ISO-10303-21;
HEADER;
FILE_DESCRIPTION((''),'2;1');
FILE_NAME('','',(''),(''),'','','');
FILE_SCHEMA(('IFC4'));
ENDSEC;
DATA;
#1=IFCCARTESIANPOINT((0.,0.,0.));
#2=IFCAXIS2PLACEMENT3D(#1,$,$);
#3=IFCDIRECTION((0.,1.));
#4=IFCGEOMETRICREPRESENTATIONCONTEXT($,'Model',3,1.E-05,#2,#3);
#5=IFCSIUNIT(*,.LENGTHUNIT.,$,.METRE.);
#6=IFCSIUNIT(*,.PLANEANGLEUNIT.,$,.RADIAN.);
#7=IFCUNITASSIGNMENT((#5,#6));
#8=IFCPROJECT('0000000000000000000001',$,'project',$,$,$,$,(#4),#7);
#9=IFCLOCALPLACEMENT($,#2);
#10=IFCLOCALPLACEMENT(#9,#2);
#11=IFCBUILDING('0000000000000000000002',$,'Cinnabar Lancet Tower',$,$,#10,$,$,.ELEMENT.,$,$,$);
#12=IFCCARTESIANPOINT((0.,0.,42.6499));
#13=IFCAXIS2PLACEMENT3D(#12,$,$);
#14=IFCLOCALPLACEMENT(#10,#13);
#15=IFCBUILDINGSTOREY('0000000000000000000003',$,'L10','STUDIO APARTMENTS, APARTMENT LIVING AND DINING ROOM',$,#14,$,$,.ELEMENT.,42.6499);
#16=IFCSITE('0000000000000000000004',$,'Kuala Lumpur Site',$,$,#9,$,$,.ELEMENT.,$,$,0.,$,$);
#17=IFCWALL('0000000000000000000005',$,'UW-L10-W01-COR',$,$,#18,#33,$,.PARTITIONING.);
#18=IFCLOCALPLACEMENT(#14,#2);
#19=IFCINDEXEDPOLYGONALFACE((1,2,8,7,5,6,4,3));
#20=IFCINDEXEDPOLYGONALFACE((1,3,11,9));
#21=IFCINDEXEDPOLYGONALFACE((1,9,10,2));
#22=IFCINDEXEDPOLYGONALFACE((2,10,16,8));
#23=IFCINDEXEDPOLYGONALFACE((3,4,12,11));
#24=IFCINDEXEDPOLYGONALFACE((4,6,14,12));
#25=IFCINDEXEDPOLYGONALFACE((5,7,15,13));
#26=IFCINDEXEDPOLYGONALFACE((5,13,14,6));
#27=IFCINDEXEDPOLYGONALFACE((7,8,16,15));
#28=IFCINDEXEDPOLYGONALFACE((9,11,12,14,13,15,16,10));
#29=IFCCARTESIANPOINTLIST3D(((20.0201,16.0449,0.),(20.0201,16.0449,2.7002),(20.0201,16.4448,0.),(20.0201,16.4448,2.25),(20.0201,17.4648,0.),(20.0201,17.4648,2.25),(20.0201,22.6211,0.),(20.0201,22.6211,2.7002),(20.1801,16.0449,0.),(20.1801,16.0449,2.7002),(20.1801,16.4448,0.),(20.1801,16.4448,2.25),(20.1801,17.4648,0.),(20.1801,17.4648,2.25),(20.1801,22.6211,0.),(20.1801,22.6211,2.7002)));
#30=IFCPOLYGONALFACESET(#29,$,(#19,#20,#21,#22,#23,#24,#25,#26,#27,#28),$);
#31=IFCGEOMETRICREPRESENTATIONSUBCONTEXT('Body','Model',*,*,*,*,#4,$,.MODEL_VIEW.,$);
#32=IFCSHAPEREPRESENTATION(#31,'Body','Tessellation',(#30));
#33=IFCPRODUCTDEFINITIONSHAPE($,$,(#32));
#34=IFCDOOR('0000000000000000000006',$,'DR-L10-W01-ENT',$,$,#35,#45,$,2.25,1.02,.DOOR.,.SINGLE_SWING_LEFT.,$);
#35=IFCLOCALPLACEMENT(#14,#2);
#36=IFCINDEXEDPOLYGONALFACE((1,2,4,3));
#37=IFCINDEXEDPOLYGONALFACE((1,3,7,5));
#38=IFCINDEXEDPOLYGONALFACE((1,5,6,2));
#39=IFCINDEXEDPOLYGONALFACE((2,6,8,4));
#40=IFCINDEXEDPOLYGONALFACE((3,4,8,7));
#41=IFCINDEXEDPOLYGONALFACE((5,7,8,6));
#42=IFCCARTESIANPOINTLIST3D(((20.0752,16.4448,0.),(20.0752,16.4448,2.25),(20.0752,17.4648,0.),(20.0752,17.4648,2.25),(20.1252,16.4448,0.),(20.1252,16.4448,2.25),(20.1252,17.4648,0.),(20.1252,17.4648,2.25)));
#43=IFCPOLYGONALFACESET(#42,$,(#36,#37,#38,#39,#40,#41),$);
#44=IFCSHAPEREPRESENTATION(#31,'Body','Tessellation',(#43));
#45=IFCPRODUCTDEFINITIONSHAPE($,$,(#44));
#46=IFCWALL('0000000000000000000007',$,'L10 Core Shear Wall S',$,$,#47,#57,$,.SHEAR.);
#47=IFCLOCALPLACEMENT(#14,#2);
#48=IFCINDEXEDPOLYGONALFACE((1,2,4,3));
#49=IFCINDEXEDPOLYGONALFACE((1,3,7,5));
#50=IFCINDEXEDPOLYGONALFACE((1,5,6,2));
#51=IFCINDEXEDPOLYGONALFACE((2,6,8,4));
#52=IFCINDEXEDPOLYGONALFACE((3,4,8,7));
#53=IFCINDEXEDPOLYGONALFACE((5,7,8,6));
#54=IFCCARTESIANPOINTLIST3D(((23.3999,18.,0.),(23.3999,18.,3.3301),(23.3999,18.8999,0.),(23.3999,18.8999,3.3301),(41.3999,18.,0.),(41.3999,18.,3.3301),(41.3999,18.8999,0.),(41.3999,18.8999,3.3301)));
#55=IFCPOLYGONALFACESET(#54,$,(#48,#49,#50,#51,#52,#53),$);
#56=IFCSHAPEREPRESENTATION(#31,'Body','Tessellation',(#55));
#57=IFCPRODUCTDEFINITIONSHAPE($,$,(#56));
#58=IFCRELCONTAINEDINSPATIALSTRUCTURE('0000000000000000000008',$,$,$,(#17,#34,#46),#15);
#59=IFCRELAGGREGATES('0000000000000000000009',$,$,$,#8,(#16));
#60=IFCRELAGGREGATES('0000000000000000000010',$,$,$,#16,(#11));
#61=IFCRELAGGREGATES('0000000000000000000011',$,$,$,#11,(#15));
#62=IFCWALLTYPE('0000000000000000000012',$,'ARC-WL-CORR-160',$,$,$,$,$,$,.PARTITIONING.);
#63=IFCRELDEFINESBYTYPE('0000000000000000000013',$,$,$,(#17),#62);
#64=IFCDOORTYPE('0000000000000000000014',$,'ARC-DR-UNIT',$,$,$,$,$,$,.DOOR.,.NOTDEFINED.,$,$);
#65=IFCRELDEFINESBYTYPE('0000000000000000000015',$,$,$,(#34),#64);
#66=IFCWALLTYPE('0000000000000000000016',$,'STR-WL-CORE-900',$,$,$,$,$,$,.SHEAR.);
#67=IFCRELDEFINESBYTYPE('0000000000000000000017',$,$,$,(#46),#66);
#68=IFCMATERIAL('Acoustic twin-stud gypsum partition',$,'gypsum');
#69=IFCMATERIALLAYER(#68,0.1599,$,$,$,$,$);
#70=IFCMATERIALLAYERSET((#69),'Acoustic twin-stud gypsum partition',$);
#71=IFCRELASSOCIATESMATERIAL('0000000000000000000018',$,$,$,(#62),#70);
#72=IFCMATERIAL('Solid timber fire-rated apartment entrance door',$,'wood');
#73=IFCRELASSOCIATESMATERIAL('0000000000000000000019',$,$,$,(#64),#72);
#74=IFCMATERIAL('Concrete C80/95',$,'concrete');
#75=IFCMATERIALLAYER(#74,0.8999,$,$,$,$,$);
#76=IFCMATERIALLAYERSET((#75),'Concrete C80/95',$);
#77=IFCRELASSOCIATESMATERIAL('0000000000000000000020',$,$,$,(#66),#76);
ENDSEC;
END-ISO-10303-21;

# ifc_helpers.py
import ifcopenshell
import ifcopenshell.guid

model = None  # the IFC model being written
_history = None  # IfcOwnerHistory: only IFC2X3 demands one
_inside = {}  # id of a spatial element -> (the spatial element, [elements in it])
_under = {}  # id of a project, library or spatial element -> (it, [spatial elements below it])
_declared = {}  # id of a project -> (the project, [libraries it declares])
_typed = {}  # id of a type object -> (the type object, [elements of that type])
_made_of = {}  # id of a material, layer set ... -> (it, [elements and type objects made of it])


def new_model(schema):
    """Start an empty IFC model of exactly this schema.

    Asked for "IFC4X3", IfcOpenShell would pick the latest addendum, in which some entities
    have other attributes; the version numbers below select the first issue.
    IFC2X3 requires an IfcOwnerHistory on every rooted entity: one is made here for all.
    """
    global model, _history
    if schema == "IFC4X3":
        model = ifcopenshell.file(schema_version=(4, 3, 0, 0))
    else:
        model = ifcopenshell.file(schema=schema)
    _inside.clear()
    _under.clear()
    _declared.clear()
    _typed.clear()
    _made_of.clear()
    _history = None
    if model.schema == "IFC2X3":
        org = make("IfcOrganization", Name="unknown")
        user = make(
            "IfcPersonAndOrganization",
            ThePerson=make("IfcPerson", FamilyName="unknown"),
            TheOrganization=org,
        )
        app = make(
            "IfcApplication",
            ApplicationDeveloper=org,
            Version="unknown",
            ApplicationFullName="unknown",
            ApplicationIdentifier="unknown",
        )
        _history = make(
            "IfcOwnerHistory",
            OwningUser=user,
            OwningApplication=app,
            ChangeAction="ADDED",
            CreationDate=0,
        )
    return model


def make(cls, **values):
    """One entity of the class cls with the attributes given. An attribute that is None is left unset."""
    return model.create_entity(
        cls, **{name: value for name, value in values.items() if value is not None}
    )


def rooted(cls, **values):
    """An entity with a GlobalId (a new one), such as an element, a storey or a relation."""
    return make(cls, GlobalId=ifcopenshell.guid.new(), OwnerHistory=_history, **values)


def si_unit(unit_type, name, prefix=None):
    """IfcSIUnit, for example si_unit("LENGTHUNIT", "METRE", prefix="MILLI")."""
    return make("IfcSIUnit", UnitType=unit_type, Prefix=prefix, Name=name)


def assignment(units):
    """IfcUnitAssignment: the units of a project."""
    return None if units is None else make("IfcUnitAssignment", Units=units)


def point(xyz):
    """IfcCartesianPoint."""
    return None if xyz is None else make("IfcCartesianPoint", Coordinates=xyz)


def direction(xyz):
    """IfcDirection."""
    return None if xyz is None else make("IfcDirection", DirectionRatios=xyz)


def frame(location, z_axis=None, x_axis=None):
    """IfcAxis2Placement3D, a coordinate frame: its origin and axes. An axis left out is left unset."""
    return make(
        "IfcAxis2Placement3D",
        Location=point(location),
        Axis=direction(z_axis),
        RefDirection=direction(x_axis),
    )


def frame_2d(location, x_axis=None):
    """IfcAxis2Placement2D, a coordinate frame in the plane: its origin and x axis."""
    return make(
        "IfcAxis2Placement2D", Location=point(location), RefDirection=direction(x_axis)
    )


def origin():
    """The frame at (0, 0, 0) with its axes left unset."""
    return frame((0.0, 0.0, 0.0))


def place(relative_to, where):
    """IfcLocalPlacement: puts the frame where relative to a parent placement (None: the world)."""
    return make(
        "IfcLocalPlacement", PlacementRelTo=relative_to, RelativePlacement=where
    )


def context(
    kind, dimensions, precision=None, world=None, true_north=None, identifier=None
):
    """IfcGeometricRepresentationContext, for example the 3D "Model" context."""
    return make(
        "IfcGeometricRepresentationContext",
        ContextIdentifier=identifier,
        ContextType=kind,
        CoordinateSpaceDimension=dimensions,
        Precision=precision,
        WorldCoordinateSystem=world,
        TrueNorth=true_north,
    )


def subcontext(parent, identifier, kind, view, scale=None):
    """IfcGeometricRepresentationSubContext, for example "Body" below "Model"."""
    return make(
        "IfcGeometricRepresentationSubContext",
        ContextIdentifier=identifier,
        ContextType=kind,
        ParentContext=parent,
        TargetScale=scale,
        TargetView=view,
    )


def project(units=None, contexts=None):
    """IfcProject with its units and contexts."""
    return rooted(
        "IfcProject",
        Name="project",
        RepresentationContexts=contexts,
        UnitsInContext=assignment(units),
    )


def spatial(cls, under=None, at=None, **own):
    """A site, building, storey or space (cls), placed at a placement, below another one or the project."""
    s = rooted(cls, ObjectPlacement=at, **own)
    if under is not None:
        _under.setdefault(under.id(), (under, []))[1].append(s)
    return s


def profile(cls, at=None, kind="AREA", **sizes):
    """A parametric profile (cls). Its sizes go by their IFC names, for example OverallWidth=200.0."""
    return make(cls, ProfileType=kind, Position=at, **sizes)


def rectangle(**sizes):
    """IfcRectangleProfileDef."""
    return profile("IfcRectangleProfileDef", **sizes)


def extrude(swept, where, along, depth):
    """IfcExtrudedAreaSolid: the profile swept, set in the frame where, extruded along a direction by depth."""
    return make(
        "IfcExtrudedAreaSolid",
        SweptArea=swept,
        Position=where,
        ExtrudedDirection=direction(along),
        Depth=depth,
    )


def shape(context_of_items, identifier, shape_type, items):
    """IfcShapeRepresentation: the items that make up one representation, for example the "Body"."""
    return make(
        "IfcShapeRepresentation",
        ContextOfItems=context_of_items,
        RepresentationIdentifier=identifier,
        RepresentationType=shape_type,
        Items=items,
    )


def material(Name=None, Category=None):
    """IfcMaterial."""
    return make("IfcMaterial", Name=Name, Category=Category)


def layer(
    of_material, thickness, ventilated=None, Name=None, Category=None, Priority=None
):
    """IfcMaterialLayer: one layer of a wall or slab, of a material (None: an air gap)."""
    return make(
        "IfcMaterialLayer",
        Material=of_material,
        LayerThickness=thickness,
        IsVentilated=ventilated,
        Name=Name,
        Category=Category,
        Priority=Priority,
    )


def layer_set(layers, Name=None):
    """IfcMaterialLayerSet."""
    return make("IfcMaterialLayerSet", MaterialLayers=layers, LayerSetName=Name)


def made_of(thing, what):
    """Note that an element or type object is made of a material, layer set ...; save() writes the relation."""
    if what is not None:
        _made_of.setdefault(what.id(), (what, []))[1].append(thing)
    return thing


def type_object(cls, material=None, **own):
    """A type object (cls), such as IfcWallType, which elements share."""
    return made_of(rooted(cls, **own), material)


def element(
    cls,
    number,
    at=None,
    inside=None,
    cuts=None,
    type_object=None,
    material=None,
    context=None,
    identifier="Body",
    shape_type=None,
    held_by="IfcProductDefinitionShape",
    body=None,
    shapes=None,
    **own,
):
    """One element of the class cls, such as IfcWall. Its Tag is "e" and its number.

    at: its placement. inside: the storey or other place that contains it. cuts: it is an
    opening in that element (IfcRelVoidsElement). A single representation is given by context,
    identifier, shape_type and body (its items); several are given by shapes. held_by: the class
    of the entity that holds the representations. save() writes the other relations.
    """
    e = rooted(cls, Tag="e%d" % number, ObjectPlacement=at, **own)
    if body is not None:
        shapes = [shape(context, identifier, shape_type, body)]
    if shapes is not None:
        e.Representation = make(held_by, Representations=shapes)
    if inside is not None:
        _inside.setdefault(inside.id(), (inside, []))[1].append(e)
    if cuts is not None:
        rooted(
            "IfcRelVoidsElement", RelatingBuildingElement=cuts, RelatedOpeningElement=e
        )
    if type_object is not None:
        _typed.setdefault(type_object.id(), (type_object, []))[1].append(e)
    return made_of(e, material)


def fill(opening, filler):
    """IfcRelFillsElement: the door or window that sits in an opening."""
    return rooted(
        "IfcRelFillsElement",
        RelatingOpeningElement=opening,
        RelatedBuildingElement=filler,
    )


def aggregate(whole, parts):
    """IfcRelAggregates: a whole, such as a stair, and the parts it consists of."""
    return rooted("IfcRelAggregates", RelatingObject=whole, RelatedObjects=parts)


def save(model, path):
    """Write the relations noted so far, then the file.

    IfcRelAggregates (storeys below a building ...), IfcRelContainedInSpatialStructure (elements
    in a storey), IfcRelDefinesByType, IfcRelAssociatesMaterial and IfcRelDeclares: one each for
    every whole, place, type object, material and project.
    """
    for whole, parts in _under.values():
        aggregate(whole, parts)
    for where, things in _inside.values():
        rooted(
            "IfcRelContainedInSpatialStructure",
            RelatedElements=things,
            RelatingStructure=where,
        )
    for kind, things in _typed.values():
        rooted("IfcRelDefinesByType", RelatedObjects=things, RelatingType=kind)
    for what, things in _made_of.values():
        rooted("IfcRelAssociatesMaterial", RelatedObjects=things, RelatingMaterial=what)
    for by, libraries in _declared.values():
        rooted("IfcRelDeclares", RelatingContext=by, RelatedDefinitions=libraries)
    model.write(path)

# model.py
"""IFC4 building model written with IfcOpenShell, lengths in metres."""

from ifc_helpers import new_model, si_unit, direction, frame, frame_2d, origin, place, context, subcontext, project, spatial, rectangle, extrude, material, layer, layer_set, type_object, element, fill, save


model = new_model("IFC4")

# Units and contexts
model_context = context("Model", 3, precision=1e-05, world=origin(), true_north=direction((0.0, 1.0)))
body_context = subcontext(model_context, "Body", "Model", "MODEL_VIEW")
ifc_project = project(units=[si_unit("LENGTHUNIT", "METRE"), si_unit("PLANEANGLEUNIT", "RADIAN")], contexts=[model_context])

# Site, building, storey
site_placement = place(None, origin())
site = spatial("IfcSite", under=ifc_project, at=site_placement, Name="Kuala Lumpur Site", CompositionType="ELEMENT", RefElevation=0.0)
building_placement = place(site_placement, origin())
building = spatial("IfcBuilding", under=site, at=building_placement, Name="Cinnabar Lancet Tower", CompositionType="ELEMENT")
storey_placement = place(building_placement, frame((0.0, 0.0, 42.6499)))
storey = spatial("IfcBuildingStorey", under=building, at=storey_placement, Name="L10", Description="STUDIO APARTMENTS, APARTMENT LIVING AND DINING ROOM", CompositionType="ELEMENT", Elevation=42.6499)

# Wall, opening, door
ifc_material_1 = material(Name="Acoustic twin-stud gypsum partition", Category="gypsum")
ifc_layer_1 = layer(ifc_material_1, 0.1599)
ifc_layer_set_1 = layer_set([ifc_layer_1], Name="Acoustic twin-stud gypsum partition")
wall_type_1 = type_object("IfcWallType", Name="ARC-WL-CORR-160", PredefinedType="PARTITIONING", material=ifc_layer_set_1)
ifc_material_2 = material(Name="Solid timber fire-rated apartment entrance door", Category="wood")
door_type = type_object("IfcDoorType", Name="ARC-DR-UNIT", OperationType="NOTDEFINED", PredefinedType="DOOR", material=ifc_material_2)
wall_1_placement = place(storey_placement, frame((20.1001, 16.0449, 0.0), z_axis=(0.0, 0.0, 1.0), x_axis=(0.0, 1.0, 0.0)))
wall_1 = element("IfcWall", 1, at=wall_1_placement, inside=storey, type_object=wall_type_1, Name="UW-L10-W01-COR", PredefinedType="PARTITIONING", context=body_context, shape_type="SweptSolid", body=[
    extrude(rectangle(XDim=6.5762, YDim=0.1599, at=frame_2d((3.2881, 0.0))), origin(), (0.0, 0.0, 1.0), 2.7002),
])
opening_1_placement = place(wall_1_placement, frame((0.3999, 0.0, 0.0)))
opening_1 = element("IfcOpeningElement", 2, at=opening_1_placement, cuts=wall_1, PredefinedType="OPENING", context=body_context, shape_type="SweptSolid", body=[
    extrude(rectangle(XDim=1.02, YDim=2.25, at=frame_2d((0.51, 1.125))), frame((0.0, 0.0898, 0.0), z_axis=(0.0, -1.0, 0.0), x_axis=(1.0, 0.0, 0.0)), (0.0, 0.0, 1.0), 0.1799),
])
door_1_placement = place(opening_1_placement, origin())
door_1 = element("IfcDoor", 3, at=door_1_placement, inside=storey, type_object=door_type, Name="DR-L10-W01-ENT", OperationType="SINGLE_SWING_LEFT", OverallHeight=2.25, OverallWidth=1.02, PredefinedType="DOOR", context=body_context, shape_type="SweptSolid", body=[
    extrude(rectangle(XDim=1.02, YDim=2.25, at=frame_2d((0.51, 1.125))), frame((0.0, 0.0249, 0.0), z_axis=(0.0, -1.0, 0.0), x_axis=(1.0, 0.0, 0.0)), (0.0, 0.0, 1.0), 0.05),
])
fill(opening_1, door_1)

# Wall
ifc_material_3 = material(Name="Concrete C80/95", Category="concrete")
ifc_layer_2 = layer(ifc_material_3, 0.8999)
ifc_layer_set_2 = layer_set([ifc_layer_2], Name="Concrete C80/95")
wall_type_2 = type_object("IfcWallType", Name="STR-WL-CORE-900", PredefinedType="SHEAR", material=ifc_layer_set_2)
wall_2_placement = place(storey_placement, frame((23.3999, 18.45, 0.0), z_axis=(0.0, 0.0, 1.0), x_axis=(1.0, 0.0, 0.0)))
element("IfcWall", 4, at=wall_2_placement, inside=storey, type_object=wall_type_2, Name="L10 Core Shear Wall S", PredefinedType="SHEAR", context=body_context, shape_type="SweptSolid", body=[
    extrude(rectangle(XDim=18.0, YDim=0.8999, at=frame_2d((9.0, 0.0))), origin(), (0.0, 0.0, 1.0), 3.3301),
])

save(model, "model.ifc")
